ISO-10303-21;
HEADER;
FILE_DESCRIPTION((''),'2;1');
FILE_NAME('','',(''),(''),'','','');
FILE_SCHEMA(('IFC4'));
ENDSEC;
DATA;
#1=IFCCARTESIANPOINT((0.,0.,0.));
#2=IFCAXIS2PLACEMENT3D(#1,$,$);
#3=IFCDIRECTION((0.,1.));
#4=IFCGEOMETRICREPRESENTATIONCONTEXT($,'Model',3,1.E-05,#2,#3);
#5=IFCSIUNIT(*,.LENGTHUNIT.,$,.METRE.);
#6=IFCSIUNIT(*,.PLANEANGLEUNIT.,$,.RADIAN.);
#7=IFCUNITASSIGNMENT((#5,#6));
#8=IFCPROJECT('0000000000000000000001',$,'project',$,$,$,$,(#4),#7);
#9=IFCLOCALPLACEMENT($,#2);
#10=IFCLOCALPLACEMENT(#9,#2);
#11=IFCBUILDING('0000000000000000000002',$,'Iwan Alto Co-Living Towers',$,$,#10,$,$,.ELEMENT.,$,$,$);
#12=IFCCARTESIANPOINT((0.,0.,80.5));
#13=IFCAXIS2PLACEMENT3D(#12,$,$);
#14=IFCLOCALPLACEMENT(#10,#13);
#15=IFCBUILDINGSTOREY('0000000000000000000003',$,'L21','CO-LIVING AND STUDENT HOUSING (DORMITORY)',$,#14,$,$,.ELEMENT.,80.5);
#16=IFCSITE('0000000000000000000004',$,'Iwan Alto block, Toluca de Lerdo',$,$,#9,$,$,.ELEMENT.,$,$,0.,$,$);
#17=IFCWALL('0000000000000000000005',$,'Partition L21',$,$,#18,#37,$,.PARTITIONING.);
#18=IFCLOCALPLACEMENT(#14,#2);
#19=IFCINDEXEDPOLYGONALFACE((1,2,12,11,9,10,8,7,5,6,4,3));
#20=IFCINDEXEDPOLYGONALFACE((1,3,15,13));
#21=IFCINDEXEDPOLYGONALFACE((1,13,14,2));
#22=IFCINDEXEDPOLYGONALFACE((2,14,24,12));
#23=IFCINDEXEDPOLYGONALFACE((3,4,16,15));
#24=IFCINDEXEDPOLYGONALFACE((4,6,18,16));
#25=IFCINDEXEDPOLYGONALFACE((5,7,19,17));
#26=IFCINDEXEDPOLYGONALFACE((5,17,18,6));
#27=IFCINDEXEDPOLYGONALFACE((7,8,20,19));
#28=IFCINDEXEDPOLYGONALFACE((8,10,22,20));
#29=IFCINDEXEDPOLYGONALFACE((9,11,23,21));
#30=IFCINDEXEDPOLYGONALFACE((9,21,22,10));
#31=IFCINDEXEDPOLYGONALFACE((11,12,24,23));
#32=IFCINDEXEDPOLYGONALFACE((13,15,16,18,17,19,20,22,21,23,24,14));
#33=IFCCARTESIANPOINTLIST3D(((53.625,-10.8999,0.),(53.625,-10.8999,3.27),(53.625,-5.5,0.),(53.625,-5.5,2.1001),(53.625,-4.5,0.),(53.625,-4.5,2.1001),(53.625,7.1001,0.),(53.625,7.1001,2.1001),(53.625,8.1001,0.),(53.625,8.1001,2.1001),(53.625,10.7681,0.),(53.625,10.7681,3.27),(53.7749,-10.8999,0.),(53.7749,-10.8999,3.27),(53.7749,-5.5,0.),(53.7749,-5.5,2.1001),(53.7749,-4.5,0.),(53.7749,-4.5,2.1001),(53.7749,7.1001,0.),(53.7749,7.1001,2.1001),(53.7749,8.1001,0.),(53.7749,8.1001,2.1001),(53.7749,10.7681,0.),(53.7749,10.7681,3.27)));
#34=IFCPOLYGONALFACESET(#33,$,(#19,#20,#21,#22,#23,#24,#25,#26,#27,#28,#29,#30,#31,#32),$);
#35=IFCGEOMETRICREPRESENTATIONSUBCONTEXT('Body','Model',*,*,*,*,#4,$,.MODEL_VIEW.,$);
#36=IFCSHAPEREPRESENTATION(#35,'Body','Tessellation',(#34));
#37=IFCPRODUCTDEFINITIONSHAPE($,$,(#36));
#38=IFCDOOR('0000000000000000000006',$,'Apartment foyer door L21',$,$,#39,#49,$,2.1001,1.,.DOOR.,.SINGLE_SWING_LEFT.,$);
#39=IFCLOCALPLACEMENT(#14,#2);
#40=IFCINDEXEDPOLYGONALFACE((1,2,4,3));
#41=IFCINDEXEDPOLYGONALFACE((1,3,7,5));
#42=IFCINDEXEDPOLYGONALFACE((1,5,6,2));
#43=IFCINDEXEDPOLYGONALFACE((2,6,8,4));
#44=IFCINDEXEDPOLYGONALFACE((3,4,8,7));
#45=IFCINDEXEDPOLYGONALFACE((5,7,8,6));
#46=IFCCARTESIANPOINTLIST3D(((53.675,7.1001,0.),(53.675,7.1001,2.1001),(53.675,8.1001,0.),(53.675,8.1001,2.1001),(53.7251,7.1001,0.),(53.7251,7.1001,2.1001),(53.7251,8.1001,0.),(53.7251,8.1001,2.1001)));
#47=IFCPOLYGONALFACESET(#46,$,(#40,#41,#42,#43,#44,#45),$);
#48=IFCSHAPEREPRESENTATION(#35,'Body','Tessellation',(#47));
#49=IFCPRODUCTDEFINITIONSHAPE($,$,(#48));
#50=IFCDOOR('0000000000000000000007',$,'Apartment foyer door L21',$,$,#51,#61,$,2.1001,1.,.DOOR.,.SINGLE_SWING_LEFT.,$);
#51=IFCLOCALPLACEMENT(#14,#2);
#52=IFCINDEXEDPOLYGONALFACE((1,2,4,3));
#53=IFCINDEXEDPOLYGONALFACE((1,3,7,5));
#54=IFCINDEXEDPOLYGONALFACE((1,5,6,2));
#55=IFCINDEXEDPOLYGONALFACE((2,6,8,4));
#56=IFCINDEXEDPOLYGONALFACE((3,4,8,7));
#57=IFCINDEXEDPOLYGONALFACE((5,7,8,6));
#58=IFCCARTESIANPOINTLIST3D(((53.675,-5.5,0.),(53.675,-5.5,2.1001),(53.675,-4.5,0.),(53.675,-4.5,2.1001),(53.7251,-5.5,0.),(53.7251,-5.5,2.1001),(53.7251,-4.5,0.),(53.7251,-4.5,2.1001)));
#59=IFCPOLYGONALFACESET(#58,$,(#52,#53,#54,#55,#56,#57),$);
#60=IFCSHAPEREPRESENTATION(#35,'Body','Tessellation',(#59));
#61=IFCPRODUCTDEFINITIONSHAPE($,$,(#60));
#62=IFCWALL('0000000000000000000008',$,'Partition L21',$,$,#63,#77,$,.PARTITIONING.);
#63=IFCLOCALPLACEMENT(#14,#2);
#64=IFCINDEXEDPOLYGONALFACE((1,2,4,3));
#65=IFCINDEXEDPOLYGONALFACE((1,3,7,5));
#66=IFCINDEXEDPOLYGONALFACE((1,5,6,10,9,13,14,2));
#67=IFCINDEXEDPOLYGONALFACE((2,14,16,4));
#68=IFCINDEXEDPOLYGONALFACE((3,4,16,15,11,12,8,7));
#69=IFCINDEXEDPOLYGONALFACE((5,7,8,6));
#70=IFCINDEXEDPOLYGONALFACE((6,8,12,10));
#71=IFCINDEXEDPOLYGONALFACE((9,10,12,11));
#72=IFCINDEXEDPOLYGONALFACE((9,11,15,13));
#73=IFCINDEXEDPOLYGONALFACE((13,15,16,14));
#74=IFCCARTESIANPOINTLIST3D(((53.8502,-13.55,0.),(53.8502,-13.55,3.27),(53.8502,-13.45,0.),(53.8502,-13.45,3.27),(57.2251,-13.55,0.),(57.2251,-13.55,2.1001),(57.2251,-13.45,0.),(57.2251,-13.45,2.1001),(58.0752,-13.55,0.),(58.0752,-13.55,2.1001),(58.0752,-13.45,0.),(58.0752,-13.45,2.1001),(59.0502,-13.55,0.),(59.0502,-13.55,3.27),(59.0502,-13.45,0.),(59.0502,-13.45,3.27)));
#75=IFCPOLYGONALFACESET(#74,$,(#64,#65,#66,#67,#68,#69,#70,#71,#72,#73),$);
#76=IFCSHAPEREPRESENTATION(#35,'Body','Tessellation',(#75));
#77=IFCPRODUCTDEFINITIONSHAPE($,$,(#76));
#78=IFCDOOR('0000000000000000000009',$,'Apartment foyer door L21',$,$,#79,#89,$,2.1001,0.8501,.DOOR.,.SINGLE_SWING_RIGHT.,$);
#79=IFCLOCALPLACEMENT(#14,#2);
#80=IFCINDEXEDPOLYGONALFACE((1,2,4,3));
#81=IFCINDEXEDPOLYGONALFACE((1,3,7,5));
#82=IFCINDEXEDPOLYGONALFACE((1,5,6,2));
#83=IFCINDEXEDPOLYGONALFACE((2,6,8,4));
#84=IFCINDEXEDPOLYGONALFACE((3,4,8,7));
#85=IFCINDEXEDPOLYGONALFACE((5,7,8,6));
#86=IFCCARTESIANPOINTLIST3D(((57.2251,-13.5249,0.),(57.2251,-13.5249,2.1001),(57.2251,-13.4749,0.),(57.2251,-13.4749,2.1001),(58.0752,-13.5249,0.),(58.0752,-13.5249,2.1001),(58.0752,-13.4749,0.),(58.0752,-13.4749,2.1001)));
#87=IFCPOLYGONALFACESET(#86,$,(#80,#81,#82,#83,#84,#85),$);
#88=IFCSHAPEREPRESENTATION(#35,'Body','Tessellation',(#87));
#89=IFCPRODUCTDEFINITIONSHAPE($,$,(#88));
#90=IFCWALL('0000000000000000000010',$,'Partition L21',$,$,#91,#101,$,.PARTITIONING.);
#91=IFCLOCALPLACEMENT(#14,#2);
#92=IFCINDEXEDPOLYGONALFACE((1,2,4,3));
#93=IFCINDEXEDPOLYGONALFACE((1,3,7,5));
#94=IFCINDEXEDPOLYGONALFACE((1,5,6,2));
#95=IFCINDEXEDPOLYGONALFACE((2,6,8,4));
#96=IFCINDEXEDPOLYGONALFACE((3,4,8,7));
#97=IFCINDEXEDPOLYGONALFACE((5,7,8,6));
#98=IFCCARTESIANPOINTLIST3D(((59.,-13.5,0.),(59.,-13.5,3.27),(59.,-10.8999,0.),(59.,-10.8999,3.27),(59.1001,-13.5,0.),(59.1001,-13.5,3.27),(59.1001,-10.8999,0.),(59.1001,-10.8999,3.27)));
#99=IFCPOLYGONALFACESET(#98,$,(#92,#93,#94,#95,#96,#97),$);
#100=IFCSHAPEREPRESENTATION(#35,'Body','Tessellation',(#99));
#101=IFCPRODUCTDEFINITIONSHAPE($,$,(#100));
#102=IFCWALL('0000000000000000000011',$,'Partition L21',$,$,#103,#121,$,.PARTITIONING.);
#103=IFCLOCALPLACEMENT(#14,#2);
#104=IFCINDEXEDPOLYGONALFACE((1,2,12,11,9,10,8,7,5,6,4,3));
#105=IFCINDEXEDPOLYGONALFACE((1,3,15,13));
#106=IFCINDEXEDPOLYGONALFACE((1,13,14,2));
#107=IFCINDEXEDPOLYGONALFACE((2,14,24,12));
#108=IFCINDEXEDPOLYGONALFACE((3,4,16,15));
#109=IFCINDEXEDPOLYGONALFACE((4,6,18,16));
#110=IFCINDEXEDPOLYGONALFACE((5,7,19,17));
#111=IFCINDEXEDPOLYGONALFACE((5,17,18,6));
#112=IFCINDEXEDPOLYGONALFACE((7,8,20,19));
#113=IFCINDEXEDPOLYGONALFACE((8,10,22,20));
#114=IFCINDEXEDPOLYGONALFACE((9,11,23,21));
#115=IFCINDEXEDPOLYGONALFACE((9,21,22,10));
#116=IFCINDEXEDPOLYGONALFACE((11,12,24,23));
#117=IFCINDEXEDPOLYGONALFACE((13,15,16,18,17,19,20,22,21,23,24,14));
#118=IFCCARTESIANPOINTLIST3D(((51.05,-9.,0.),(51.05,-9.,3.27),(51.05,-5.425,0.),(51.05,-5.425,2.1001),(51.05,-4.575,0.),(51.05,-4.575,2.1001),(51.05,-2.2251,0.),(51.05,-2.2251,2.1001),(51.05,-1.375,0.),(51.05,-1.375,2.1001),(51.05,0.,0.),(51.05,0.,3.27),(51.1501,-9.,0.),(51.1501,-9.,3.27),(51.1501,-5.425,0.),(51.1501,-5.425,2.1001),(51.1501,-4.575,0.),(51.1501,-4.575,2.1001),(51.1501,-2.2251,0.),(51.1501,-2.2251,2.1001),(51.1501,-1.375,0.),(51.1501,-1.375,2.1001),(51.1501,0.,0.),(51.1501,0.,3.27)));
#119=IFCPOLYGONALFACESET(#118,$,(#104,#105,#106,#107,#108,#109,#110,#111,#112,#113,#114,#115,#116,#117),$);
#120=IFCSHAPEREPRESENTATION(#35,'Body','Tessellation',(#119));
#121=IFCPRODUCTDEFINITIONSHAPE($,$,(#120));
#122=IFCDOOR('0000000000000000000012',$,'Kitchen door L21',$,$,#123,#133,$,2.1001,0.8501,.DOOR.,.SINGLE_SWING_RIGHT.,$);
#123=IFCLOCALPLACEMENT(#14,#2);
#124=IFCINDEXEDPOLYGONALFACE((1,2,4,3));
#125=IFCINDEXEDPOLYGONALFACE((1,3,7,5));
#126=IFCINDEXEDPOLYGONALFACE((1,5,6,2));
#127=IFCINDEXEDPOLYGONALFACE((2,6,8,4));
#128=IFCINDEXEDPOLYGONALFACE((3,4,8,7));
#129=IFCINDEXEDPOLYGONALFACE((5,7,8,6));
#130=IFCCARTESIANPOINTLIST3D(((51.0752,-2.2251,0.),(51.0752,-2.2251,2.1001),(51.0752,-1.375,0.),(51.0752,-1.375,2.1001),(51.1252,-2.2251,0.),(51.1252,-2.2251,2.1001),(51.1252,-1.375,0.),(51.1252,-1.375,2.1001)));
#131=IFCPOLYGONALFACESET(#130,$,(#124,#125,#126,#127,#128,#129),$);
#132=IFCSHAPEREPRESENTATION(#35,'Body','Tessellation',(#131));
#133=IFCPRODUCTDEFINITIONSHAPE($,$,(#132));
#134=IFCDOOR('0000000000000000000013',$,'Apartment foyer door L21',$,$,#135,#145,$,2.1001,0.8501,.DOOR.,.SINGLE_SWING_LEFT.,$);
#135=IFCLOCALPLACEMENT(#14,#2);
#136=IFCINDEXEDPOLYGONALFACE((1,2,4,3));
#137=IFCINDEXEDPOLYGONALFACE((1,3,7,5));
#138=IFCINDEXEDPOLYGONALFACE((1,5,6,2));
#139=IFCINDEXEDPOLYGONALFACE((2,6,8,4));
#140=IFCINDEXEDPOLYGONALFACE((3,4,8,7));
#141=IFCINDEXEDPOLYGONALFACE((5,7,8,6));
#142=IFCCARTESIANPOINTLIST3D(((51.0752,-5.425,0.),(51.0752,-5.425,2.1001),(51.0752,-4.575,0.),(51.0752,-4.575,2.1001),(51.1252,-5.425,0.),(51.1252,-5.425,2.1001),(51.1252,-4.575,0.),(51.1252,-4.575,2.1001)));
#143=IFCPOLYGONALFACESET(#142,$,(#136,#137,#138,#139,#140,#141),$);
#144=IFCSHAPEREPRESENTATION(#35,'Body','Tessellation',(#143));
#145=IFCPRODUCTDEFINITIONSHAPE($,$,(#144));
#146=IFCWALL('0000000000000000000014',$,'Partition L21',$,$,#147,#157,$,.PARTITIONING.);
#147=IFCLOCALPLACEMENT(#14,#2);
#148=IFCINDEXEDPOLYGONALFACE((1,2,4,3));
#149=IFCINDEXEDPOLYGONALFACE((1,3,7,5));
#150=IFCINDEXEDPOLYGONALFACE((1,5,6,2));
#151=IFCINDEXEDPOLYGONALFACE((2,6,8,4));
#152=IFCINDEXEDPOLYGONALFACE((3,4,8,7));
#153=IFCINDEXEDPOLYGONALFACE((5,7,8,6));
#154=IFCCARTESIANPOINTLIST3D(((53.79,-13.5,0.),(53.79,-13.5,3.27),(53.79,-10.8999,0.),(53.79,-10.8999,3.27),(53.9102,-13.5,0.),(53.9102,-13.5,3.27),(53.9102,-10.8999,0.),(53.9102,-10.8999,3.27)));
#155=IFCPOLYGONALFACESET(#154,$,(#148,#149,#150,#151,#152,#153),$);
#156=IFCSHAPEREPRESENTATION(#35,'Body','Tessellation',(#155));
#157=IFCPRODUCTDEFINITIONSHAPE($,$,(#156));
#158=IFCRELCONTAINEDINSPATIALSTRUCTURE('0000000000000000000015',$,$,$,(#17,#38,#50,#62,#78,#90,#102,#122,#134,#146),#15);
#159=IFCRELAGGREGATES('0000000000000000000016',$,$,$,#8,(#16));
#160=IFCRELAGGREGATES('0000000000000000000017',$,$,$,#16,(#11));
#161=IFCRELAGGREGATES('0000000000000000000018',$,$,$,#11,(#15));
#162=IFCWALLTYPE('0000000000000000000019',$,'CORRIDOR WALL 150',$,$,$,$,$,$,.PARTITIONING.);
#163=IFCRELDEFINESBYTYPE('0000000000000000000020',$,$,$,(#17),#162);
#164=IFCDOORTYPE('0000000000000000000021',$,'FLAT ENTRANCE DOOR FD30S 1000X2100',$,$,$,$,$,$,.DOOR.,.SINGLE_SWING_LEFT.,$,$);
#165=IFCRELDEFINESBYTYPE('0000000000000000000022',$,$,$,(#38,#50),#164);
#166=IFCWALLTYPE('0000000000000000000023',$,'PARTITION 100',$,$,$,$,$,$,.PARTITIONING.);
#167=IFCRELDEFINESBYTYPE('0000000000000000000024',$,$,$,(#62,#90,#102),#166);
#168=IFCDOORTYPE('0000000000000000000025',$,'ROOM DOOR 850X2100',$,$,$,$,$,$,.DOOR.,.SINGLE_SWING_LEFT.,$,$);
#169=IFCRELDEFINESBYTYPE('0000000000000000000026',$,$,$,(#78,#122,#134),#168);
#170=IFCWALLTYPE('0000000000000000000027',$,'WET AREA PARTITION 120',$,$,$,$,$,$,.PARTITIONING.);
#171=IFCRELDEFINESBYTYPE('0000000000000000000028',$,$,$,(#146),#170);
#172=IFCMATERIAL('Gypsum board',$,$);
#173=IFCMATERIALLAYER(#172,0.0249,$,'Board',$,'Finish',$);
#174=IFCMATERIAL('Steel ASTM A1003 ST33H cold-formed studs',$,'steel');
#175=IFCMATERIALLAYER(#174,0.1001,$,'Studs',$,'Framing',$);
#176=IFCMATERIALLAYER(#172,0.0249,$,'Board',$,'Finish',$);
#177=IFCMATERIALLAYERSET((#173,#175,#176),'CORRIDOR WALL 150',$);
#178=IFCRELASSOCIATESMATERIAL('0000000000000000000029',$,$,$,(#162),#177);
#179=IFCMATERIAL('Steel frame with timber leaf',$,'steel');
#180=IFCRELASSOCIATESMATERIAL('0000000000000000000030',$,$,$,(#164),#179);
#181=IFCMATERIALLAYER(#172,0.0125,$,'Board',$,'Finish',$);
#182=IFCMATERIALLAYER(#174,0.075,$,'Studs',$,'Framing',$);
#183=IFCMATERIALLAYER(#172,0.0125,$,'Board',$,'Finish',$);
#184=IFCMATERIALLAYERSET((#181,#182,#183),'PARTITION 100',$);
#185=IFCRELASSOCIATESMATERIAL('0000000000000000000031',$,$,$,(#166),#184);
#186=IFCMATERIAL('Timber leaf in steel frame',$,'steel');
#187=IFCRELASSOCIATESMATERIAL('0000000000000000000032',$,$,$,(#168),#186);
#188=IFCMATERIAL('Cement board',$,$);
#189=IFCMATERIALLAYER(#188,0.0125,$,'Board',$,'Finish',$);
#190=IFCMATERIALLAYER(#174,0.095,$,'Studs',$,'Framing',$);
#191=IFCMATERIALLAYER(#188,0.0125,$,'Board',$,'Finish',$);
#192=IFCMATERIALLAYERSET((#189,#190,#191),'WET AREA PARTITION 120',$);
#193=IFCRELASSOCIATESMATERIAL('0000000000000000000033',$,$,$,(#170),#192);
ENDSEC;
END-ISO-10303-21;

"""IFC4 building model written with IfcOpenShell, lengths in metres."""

from ifc_helpers import new_model, si_unit, direction, frame, frame_2d, origin, place, context, subcontext, project, spatial, rectangle, extrude, material, layer, layer_set, type_object, element, fill, save


model = new_model("IFC4")

# Units and contexts
model_context = context("Model", 3, precision=1e-05, world=origin(), true_north=direction((0.0, 1.0)))
body_context = subcontext(model_context, "Body", "Model", "MODEL_VIEW")
ifc_project = project(units=[si_unit("LENGTHUNIT", "METRE"), si_unit("PLANEANGLEUNIT", "RADIAN")], contexts=[model_context])

# Site, building, storey
site_placement = place(None, origin())
site = spatial("IfcSite", under=ifc_project, at=site_placement, Name="Iwan Alto block, Toluca de Lerdo", CompositionType="ELEMENT", RefElevation=0.0)
building_placement = place(site_placement, origin())
building = spatial("IfcBuilding", under=site, at=building_placement, Name="Iwan Alto Co-Living Towers", CompositionType="ELEMENT")
storey_placement = place(building_placement, frame((0.0, 0.0, 80.5)))
storey = spatial("IfcBuildingStorey", under=building, at=storey_placement, Name="L21", Description="CO-LIVING AND STUDENT HOUSING (DORMITORY)", CompositionType="ELEMENT", Elevation=80.5)

# Wall, openings, doors
ifc_material_1 = material(Name="Gypsum board")
ifc_layer_1 = layer(ifc_material_1, 0.0249, Name="Board", Category="Finish")
ifc_material_2 = material(Name="Steel ASTM A1003 ST33H cold-formed studs", Category="steel")
ifc_layer_2 = layer(ifc_material_2, 0.1001, Name="Studs", Category="Framing")
ifc_layer_3 = layer(ifc_material_1, 0.0249, Name="Board", Category="Finish")
ifc_layer_set_1 = layer_set([ifc_layer_1, ifc_layer_2, ifc_layer_3], Name="CORRIDOR WALL 150")
wall_type_1 = type_object("IfcWallType", Name="CORRIDOR WALL 150", PredefinedType="PARTITIONING", material=ifc_layer_set_1)
ifc_material_3 = material(Name="Steel frame with timber leaf", Category="steel")
door_type_1 = type_object("IfcDoorType", Name="FLAT ENTRANCE DOOR FD30S 1000X2100", OperationType="SINGLE_SWING_LEFT", PredefinedType="DOOR", material=ifc_material_3)
wall_1_placement = place(storey_placement, frame((53.7, -10.8999, 0.0), z_axis=(0.0, 0.0, 1.0), x_axis=(0.0, 1.0, 0.0)))
wall_1 = element("IfcWall", 1, at=wall_1_placement, inside=storey, type_object=wall_type_1, Name="Partition L21", PredefinedType="PARTITIONING", context=body_context, shape_type="SweptSolid", body=[
    extrude(rectangle(XDim=21.668, YDim=0.1499, at=frame_2d((10.834, 0.0))), origin(), (0.0, 0.0, 1.0), 3.27),
])
opening_1_placement = place(wall_1_placement, frame((18.0, 0.0, 0.0)))
opening_1 = element("IfcOpeningElement", 2, at=opening_1_placement, cuts=wall_1, PredefinedType="OPENING", context=body_context, shape_type="SweptSolid", body=[
    extrude(rectangle(XDim=1.0, YDim=2.1001, at=frame_2d((0.5, 1.05))), frame((0.0, 0.085, 0.0), z_axis=(0.0, -1.0, 0.0), x_axis=(1.0, 0.0, 0.0)), (0.0, 0.0, 1.0), 0.1699),
])
opening_2_placement = place(wall_1_placement, frame((5.3999, 0.0, 0.0)))
opening_2 = element("IfcOpeningElement", 3, at=opening_2_placement, cuts=wall_1, PredefinedType="OPENING", context=body_context, shape_type="SweptSolid", body=[
    extrude(rectangle(XDim=1.0, YDim=2.1001, at=frame_2d((0.5, 1.05))), frame((0.0, 0.085, 0.0), z_axis=(0.0, -1.0, 0.0), x_axis=(1.0, 0.0, 0.0)), (0.0, 0.0, 1.0), 0.1699),
])
door_1_placement = place(opening_1_placement, origin())
door_1 = element("IfcDoor", 4, at=door_1_placement, inside=storey, type_object=door_type_1, Name="Apartment foyer door L21", OperationType="SINGLE_SWING_LEFT", OverallHeight=2.1001, OverallWidth=1.0, PredefinedType="DOOR", context=body_context, shape_type="SweptSolid", body=[
    extrude(rectangle(XDim=1.0, YDim=2.1001, at=frame_2d((0.5, 1.05))), frame((0.0, 0.0249, 0.0), z_axis=(0.0, -1.0, 0.0), x_axis=(1.0, 0.0, 0.0)), (0.0, 0.0, 1.0), 0.05),
])
fill(opening_1, door_1)
door_2_placement = place(opening_2_placement, origin())
door_2 = element("IfcDoor", 5, at=door_2_placement, inside=storey, type_object=door_type_1, Name="Apartment foyer door L21", OperationType="SINGLE_SWING_LEFT", OverallHeight=2.1001, OverallWidth=1.0, PredefinedType="DOOR", context=body_context, shape_type="SweptSolid", body=[
    extrude(rectangle(XDim=1.0, YDim=2.1001, at=frame_2d((0.5, 1.05))), frame((0.0, 0.0249, 0.0), z_axis=(0.0, -1.0, 0.0), x_axis=(1.0, 0.0, 0.0)), (0.0, 0.0, 1.0), 0.05),
])
fill(opening_2, door_2)

# Wall, opening, door
ifc_layer_4 = layer(ifc_material_1, 0.0125, Name="Board", Category="Finish")
ifc_layer_5 = layer(ifc_material_2, 0.075, Name="Studs", Category="Framing")
ifc_layer_6 = layer(ifc_material_1, 0.0125, Name="Board", Category="Finish")
ifc_layer_set_2 = layer_set([ifc_layer_4, ifc_layer_5, ifc_layer_6], Name="PARTITION 100")
wall_type_2 = type_object("IfcWallType", Name="PARTITION 100", PredefinedType="PARTITIONING", material=ifc_layer_set_2)
wall_2_placement = place(storey_placement, frame((53.8501, -13.5, 0.0), z_axis=(0.0, 0.0, 1.0), x_axis=(1.0, 0.0, 0.0)))
wall_2 = element("IfcWall", 6, at=wall_2_placement, inside=storey, type_object=wall_type_2, Name="Partition L21", PredefinedType="PARTITIONING", context=body_context, shape_type="SweptSolid", body=[
    extrude(rectangle(XDim=5.2, YDim=0.1001, at=frame_2d((2.6001, 0.0))), origin(), (0.0, 0.0, 1.0), 3.27),
])
opening_3_placement = place(wall_2_placement, frame((3.375, 0.0, 0.0)))
opening_3 = element("IfcOpeningElement", 7, at=opening_3_placement, cuts=wall_2, PredefinedType="OPENING", context=body_context, shape_type="SweptSolid", body=[
    extrude(rectangle(XDim=0.8501, YDim=2.1001, at=frame_2d((0.425, 1.05))), frame((0.0, 0.0601, 0.0), z_axis=(0.0, -1.0, 0.0), x_axis=(1.0, 0.0, 0.0)), (0.0, 0.0, 1.0), 0.1201),
])
ifc_material_4 = material(Name="Timber leaf in steel frame", Category="steel")
door_type_2 = type_object("IfcDoorType", Name="ROOM DOOR 850X2100", OperationType="SINGLE_SWING_LEFT", PredefinedType="DOOR", material=ifc_material_4)
door_3_placement = place(opening_3_placement, frame((0.8501, 0.0, 0.0), z_axis=(0.0, 0.0, 1.0), x_axis=(-1.0, 0.0, 0.0)))
door_3 = element("IfcDoor", 8, at=door_3_placement, inside=storey, type_object=door_type_2, Name="Apartment foyer door L21", OperationType="SINGLE_SWING_RIGHT", OverallHeight=2.1001, OverallWidth=0.8501, PredefinedType="DOOR", context=body_context, shape_type="SweptSolid", body=[
    extrude(rectangle(XDim=0.8501, YDim=2.1001, at=frame_2d((0.425, 1.05))), frame((0.0, 0.0249, 0.0), z_axis=(0.0, -1.0, 0.0), x_axis=(1.0, 0.0, 0.0)), (0.0, 0.0, 1.0), 0.05),
])
fill(opening_3, door_3)

# Wall
wall_3_placement = place(storey_placement, frame((59.05, -13.5, 0.0), z_axis=(0.0, 0.0, 1.0), x_axis=(0.0, 1.0, 0.0)))
element("IfcWall", 9, at=wall_3_placement, inside=storey, type_object=wall_type_2, Name="Partition L21", PredefinedType="PARTITIONING", context=body_context, shape_type="SweptSolid", body=[
    extrude(rectangle(XDim=2.6001, YDim=0.1001, at=frame_2d((1.3, 0.0))), origin(), (0.0, 0.0, 1.0), 3.27),
])

# Wall, openings, doors
wall_4_placement = place(storey_placement, frame((51.1001, -9.0, 0.0), z_axis=(0.0, 0.0, 1.0), x_axis=(0.0, 1.0, 0.0)))
wall_4 = element("IfcWall", 10, at=wall_4_placement, inside=storey, type_object=wall_type_2, Name="Partition L21", PredefinedType="PARTITIONING", context=body_context, shape_type="SweptSolid", body=[
    extrude(rectangle(XDim=9.0, YDim=0.1001, at=frame_2d((4.5, 0.0))), origin(), (0.0, 0.0, 1.0), 3.27),
])
opening_4_placement = place(wall_4_placement, frame((6.7749, 0.0, 0.0)))
opening_4 = element("IfcOpeningElement", 11, at=opening_4_placement, cuts=wall_4, PredefinedType="OPENING", context=body_context, shape_type="SweptSolid", body=[
    extrude(rectangle(XDim=0.8501, YDim=2.1001, at=frame_2d((0.425, 1.05))), frame((0.0, 0.0601, 0.0), z_axis=(0.0, -1.0, 0.0), x_axis=(1.0, 0.0, 0.0)), (0.0, 0.0, 1.0), 0.1201),
])
opening_5_placement = place(wall_4_placement, frame((3.575, 0.0, 0.0)))
opening_5 = element("IfcOpeningElement", 12, at=opening_5_placement, cuts=wall_4, PredefinedType="OPENING", context=body_context, shape_type="SweptSolid", body=[
    extrude(rectangle(XDim=0.8501, YDim=2.1001, at=frame_2d((0.425, 1.05))), frame((0.0, 0.0601, 0.0), z_axis=(0.0, -1.0, 0.0), x_axis=(1.0, 0.0, 0.0)), (0.0, 0.0, 1.0), 0.1201),
])
door_4_placement = place(opening_4_placement, origin())
door_4 = element("IfcDoor", 13, at=door_4_placement, inside=storey, type_object=door_type_2, Name="Kitchen door L21", OperationType="SINGLE_SWING_RIGHT", OverallHeight=2.1001, OverallWidth=0.8501, PredefinedType="DOOR", context=body_context, shape_type="SweptSolid", body=[
    extrude(rectangle(XDim=0.8501, YDim=2.1001, at=frame_2d((0.425, 1.05))), frame((0.0, 0.0249, 0.0), z_axis=(0.0, -1.0, 0.0), x_axis=(1.0, 0.0, 0.0)), (0.0, 0.0, 1.0), 0.05),
])
fill(opening_4, door_4)
door_5_placement = place(opening_5_placement, origin())
door_5 = element("IfcDoor", 14, at=door_5_placement, inside=storey, type_object=door_type_2, Name="Apartment foyer door L21", OperationType="SINGLE_SWING_LEFT", OverallHeight=2.1001, OverallWidth=0.8501, PredefinedType="DOOR", context=body_context, shape_type="SweptSolid", body=[
    extrude(rectangle(XDim=0.8501, YDim=2.1001, at=frame_2d((0.425, 1.05))), frame((0.0, 0.0249, 0.0), z_axis=(0.0, -1.0, 0.0), x_axis=(1.0, 0.0, 0.0)), (0.0, 0.0, 1.0), 0.05),
])
fill(opening_5, door_5)

# Wall
ifc_material_5 = material(Name="Cement board")
ifc_layer_7 = layer(ifc_material_5, 0.0125, Name="Board", Category="Finish")
ifc_layer_8 = layer(ifc_material_2, 0.095, Name="Studs", Category="Framing")
ifc_layer_9 = layer(ifc_material_5, 0.0125, Name="Board", Category="Finish")
ifc_layer_set_3 = layer_set([ifc_layer_7, ifc_layer_8, ifc_layer_9], Name="WET AREA PARTITION 120")
wall_type_3 = type_object("IfcWallType", Name="WET AREA PARTITION 120", PredefinedType="PARTITIONING", material=ifc_layer_set_3)
wall_5_placement = place(storey_placement, frame((53.8501, -13.5, 0.0), z_axis=(0.0, 0.0, 1.0), x_axis=(0.0, 1.0, 0.0)))
element("IfcWall", 15, at=wall_5_placement, inside=storey, type_object=wall_type_3, Name="Partition L21", PredefinedType="PARTITIONING", context=body_context, shape_type="SweptSolid", body=[
    extrude(rectangle(XDim=2.6001, YDim=0.1201, at=frame_2d((1.3, 0.0))), origin(), (0.0, 0.0, 1.0), 3.27),
])

save(model, "model.ifc")
